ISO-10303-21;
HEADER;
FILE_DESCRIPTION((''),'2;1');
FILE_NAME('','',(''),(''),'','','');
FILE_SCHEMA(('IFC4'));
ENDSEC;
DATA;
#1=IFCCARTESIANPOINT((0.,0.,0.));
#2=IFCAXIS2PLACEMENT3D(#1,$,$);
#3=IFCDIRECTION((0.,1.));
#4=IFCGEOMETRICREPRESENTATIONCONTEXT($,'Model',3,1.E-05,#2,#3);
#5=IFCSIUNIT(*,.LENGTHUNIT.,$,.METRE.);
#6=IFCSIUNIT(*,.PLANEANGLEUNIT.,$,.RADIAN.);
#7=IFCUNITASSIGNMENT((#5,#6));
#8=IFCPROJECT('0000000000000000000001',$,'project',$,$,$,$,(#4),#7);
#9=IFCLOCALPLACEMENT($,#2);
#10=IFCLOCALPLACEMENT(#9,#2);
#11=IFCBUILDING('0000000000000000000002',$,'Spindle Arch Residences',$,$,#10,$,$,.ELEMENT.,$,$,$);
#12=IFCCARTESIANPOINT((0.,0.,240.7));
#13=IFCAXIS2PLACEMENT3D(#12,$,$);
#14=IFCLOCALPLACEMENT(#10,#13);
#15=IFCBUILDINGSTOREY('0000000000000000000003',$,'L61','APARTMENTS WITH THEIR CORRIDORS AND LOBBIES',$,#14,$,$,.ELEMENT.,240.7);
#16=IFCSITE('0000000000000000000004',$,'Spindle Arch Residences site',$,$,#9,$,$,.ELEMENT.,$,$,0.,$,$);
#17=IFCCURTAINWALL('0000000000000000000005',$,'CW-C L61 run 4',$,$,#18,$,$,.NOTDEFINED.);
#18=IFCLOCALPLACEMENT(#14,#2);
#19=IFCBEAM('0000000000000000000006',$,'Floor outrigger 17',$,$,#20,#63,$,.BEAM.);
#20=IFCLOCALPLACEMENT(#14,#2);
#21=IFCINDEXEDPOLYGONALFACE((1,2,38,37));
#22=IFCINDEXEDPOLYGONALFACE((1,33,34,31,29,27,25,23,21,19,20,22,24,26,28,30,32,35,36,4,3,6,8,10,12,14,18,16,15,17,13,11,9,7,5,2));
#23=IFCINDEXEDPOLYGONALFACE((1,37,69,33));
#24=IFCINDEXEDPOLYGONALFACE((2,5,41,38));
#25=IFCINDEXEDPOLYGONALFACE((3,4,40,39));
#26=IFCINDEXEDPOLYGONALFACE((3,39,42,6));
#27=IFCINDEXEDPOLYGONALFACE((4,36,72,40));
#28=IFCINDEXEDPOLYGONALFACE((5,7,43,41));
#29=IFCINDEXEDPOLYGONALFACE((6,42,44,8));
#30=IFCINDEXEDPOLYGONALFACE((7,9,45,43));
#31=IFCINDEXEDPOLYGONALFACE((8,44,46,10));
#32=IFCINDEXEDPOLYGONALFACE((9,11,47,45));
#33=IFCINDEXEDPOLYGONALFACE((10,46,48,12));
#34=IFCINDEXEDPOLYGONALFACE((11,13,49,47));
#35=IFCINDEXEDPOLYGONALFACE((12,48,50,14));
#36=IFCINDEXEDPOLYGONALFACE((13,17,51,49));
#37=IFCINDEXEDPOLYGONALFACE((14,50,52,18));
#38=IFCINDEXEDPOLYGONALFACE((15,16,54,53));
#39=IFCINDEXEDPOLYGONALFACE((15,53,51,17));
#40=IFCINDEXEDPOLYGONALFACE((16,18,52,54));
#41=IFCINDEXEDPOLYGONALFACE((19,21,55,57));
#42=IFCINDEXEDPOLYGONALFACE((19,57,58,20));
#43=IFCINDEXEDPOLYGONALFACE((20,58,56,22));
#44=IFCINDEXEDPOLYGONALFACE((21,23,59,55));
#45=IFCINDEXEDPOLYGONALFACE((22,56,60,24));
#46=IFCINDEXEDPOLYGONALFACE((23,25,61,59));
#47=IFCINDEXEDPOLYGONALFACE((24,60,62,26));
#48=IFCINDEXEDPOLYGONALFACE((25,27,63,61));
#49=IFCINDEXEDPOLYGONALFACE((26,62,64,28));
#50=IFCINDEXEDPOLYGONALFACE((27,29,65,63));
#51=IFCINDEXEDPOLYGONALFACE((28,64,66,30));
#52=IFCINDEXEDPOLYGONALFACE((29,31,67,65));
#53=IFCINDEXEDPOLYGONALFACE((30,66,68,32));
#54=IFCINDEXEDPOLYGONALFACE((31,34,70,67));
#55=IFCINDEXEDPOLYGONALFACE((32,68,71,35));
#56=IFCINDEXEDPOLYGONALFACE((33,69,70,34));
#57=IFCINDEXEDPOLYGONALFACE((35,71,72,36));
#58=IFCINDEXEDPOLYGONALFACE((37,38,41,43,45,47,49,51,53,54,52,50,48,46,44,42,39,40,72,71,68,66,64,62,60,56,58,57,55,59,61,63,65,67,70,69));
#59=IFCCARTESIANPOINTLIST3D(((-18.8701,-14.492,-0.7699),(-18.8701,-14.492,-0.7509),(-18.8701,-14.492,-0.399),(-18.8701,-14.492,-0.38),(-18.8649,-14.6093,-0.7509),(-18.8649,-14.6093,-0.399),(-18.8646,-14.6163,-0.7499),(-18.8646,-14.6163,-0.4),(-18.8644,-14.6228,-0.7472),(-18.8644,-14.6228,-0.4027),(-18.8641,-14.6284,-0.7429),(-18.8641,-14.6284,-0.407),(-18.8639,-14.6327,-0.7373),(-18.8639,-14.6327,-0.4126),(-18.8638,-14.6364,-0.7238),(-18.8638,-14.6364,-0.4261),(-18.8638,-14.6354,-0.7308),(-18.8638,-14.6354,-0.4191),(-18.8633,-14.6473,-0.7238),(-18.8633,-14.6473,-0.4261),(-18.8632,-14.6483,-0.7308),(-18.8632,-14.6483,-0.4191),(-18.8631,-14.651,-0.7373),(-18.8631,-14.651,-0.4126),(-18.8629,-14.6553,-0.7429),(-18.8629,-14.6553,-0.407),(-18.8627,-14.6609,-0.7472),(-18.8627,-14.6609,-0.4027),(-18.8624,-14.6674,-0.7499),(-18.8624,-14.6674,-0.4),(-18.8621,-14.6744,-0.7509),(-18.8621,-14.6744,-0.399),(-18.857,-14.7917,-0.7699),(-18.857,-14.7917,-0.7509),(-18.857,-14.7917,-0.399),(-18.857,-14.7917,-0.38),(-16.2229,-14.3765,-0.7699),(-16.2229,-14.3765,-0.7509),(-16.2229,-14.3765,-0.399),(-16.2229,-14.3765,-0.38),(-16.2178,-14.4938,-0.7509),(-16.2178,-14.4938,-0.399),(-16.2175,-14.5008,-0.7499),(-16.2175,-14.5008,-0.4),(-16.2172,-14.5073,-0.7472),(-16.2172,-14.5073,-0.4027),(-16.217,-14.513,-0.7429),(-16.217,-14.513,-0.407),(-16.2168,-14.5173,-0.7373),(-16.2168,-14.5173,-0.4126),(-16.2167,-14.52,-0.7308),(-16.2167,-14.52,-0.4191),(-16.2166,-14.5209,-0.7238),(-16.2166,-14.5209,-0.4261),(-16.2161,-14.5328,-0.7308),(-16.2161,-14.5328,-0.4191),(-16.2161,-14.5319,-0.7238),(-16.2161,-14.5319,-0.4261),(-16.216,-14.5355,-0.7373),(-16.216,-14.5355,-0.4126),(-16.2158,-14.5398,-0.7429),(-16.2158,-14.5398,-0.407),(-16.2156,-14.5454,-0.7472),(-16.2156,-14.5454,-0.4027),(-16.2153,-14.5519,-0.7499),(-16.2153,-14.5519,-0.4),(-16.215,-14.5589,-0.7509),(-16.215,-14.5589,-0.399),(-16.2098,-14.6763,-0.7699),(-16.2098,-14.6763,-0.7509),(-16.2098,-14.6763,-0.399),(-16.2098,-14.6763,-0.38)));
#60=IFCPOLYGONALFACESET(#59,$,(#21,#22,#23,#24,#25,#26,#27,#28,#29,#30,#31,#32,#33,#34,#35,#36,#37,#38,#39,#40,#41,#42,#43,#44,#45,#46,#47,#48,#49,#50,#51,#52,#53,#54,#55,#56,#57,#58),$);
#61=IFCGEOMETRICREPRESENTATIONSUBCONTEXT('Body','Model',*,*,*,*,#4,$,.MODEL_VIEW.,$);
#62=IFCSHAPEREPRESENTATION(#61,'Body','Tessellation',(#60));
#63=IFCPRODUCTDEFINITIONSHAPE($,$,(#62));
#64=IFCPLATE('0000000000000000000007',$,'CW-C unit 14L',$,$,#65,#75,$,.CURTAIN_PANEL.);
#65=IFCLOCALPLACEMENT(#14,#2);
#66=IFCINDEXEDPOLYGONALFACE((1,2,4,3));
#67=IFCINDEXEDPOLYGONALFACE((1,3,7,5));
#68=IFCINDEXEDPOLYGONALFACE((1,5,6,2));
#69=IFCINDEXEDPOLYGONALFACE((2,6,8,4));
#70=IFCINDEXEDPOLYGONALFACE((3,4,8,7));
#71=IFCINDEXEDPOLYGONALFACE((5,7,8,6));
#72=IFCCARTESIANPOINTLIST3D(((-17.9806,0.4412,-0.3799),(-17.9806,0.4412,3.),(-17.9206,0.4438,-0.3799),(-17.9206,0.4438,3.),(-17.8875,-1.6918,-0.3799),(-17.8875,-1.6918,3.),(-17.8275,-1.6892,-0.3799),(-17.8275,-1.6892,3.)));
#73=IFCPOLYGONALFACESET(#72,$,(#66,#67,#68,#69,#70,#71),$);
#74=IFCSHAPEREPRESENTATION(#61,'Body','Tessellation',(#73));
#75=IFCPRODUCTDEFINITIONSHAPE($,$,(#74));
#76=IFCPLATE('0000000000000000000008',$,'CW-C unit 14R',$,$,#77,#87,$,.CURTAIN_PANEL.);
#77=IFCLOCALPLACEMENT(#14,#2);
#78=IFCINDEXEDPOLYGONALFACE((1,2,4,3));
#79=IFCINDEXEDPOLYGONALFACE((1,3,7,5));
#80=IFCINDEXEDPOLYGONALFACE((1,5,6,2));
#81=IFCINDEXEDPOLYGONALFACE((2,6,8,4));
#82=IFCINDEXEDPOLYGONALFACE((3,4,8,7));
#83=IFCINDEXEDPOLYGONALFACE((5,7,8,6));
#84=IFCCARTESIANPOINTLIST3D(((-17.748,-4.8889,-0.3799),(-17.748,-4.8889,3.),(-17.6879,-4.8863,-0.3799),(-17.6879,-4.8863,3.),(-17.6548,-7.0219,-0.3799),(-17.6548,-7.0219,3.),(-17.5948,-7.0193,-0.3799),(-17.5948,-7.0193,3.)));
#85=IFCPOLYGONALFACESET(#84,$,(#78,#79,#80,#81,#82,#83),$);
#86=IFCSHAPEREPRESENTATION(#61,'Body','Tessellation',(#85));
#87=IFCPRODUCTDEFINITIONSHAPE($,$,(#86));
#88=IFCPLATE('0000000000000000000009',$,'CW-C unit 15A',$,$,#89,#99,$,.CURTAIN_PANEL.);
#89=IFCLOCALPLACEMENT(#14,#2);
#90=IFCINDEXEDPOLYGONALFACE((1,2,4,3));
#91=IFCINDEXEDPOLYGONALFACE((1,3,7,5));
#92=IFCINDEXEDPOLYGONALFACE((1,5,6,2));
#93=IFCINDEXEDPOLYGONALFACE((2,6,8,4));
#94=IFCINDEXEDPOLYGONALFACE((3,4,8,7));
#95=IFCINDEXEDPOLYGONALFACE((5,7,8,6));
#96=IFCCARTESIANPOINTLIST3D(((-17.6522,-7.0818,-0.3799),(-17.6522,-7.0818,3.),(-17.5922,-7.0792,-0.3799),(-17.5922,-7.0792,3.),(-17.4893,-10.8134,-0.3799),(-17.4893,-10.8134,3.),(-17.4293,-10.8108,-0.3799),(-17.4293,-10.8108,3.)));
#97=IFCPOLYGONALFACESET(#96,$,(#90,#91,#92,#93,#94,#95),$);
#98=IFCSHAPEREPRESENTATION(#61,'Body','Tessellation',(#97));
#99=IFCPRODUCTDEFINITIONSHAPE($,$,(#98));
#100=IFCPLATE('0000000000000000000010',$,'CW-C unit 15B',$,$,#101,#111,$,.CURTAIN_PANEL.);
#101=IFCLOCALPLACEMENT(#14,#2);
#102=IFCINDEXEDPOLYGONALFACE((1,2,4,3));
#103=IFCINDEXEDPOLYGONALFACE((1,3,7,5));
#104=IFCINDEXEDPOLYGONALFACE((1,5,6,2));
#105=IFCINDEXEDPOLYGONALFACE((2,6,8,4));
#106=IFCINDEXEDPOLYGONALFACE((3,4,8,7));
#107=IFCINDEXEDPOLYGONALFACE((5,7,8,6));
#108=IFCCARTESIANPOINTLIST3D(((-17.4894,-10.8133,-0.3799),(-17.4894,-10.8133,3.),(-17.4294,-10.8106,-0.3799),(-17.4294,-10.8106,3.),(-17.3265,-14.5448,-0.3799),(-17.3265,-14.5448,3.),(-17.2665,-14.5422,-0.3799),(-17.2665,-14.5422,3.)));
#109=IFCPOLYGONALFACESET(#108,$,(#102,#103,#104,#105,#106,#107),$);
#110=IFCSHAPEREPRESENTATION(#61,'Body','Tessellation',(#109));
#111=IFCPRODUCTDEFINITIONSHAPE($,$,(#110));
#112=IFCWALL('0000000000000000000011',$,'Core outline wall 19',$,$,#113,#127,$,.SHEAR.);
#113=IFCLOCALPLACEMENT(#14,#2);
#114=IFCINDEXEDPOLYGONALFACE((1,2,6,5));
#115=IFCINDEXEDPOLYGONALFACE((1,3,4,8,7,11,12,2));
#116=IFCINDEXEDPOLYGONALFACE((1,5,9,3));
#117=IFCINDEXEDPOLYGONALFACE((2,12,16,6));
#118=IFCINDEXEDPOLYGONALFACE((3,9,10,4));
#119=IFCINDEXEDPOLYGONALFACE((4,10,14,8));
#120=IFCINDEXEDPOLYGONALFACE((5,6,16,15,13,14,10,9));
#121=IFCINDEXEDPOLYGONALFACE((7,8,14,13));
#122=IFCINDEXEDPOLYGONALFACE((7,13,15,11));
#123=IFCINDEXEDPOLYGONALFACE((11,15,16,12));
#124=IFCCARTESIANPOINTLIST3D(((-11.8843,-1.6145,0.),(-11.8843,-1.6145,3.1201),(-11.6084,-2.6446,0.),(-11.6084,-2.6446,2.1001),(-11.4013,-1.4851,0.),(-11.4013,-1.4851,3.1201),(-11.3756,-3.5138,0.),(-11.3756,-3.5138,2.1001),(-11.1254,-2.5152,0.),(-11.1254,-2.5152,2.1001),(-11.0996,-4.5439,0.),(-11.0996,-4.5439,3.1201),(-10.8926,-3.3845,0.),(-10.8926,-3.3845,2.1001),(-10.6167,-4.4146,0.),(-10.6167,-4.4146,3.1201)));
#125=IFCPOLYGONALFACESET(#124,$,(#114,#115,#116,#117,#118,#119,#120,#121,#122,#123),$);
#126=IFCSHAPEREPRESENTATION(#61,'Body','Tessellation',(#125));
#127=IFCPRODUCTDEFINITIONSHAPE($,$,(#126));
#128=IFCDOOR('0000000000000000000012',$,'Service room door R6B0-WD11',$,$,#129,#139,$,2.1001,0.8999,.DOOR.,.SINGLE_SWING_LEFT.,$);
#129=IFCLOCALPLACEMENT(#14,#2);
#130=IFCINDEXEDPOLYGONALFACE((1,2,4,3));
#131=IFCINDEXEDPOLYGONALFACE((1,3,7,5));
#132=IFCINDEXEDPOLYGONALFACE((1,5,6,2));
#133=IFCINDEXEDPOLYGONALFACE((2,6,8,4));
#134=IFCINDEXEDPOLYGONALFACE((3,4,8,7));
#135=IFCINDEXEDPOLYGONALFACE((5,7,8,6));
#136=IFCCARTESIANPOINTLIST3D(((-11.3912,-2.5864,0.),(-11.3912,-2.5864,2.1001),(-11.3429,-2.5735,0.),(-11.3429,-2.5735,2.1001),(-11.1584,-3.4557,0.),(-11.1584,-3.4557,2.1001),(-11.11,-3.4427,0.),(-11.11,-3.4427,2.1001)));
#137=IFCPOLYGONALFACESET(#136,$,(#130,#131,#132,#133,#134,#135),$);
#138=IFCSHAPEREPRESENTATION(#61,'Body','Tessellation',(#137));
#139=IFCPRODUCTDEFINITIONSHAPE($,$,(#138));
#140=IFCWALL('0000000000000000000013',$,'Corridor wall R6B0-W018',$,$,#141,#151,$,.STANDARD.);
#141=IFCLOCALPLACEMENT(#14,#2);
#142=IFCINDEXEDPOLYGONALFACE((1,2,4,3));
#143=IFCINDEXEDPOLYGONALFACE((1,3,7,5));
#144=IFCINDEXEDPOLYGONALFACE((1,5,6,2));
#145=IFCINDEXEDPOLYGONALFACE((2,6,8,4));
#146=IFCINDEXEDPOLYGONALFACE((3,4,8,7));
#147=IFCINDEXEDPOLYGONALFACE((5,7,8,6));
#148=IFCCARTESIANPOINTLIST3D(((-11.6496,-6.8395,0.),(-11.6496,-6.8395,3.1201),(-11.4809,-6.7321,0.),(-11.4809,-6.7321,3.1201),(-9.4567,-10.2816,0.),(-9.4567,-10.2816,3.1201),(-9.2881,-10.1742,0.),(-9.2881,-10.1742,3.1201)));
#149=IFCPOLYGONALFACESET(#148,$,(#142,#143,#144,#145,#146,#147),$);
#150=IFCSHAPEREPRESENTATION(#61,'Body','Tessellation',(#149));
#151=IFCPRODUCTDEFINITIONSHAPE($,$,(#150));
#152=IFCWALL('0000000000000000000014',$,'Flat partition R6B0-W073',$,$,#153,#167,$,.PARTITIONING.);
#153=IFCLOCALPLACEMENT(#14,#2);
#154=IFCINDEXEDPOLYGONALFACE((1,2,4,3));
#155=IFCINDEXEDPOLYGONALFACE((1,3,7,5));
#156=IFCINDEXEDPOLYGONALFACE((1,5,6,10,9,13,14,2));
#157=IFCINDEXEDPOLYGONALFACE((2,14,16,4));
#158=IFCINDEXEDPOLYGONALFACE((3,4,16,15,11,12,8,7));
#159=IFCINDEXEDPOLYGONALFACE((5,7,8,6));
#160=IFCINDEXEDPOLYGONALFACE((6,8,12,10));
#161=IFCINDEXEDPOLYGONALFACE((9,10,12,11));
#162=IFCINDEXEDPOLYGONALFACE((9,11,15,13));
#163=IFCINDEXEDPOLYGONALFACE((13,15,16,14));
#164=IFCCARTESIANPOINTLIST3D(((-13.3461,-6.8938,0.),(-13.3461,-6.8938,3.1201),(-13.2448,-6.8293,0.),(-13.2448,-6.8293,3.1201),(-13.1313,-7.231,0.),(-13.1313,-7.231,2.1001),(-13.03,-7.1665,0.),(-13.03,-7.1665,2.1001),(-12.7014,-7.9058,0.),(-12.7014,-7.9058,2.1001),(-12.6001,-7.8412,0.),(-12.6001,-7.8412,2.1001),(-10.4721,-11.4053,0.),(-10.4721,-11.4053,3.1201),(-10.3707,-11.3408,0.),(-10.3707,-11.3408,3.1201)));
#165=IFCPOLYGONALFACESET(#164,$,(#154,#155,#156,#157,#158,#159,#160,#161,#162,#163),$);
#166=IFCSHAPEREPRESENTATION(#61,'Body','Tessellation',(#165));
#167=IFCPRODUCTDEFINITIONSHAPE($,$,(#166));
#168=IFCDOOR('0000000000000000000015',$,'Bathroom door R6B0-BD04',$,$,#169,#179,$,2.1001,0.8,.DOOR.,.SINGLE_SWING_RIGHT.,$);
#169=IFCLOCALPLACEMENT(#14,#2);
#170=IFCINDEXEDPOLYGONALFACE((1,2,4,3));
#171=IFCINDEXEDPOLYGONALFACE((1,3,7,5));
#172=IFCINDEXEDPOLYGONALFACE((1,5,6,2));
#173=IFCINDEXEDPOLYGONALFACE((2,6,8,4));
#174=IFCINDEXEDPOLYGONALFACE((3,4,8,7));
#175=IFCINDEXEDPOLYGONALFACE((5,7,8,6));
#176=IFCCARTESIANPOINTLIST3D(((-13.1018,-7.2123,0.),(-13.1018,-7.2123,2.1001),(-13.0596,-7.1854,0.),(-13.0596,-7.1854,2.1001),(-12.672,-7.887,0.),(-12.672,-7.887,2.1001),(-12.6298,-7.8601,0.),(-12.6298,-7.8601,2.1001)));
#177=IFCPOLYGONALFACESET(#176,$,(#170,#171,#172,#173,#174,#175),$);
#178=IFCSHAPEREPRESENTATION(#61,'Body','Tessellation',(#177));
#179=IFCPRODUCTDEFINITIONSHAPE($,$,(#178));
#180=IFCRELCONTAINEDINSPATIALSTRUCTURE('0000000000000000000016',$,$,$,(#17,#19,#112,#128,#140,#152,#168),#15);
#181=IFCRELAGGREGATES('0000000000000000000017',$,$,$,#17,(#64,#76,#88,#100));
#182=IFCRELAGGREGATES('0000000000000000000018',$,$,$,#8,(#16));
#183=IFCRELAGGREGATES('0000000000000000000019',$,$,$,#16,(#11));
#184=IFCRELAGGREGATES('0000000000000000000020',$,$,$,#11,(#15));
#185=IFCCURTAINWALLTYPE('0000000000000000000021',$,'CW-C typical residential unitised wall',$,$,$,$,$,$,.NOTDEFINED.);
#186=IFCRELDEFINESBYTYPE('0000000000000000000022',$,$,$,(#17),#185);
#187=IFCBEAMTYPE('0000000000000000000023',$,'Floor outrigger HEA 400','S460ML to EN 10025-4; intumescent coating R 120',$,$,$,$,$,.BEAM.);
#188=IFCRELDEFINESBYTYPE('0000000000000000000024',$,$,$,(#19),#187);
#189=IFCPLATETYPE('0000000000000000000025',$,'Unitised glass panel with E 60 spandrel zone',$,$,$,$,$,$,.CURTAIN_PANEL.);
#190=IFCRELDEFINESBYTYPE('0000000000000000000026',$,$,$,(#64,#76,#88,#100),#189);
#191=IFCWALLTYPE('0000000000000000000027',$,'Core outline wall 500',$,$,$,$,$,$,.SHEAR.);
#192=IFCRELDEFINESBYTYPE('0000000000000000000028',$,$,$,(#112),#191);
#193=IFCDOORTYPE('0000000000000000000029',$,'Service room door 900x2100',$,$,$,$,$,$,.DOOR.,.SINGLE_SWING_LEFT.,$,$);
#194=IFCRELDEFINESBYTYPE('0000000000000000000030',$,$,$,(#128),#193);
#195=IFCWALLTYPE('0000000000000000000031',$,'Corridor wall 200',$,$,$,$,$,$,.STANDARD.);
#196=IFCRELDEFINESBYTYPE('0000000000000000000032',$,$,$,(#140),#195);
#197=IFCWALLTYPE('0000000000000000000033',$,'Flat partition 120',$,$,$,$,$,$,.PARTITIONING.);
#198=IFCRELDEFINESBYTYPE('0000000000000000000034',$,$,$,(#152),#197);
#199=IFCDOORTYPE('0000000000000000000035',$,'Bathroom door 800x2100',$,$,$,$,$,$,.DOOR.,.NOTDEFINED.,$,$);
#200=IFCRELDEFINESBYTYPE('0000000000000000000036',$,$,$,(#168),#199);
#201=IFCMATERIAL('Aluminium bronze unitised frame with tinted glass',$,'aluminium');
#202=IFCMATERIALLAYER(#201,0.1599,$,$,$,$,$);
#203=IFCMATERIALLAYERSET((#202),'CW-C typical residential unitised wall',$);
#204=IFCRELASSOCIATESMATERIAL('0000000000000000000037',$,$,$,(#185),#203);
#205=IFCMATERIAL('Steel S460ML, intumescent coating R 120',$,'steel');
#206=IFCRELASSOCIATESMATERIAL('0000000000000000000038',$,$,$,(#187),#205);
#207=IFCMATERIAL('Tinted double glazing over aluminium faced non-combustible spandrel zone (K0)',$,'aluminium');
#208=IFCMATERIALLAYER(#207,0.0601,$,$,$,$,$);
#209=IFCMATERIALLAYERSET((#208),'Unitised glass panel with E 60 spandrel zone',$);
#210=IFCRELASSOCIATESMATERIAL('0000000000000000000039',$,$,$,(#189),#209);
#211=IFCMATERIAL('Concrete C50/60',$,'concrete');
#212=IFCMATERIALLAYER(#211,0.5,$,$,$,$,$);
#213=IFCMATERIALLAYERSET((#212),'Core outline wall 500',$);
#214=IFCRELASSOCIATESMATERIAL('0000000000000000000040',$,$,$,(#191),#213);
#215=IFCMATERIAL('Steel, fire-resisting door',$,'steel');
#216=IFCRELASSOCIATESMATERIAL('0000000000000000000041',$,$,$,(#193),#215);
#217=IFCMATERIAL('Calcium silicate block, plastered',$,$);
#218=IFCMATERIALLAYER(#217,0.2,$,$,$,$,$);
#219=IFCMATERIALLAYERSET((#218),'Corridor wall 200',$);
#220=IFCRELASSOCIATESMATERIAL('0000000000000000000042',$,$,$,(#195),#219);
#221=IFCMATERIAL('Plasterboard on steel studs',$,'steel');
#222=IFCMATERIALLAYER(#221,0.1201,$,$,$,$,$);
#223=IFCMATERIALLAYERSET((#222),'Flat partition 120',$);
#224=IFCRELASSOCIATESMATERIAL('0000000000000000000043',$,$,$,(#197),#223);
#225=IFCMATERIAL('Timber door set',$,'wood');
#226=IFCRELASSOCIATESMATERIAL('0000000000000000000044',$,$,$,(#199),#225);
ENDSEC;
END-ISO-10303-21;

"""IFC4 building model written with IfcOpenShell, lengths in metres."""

from ifc_helpers import new_model, si_unit, direction, frame, frame_2d, origin, origin_2d, place, context, subcontext, project, spatial, rectangle, i_section, extrude, material, layer, layer_set, material_profile, profile_set, type_object, element, fill, aggregate, save


model = new_model("IFC4")

# Units and contexts
model_context = context("Model", 3, precision=1e-05, world=origin(), true_north=direction((0.0, 1.0)))
body_context = subcontext(model_context, "Body", "Model", "MODEL_VIEW")
ifc_project = project(units=[si_unit("LENGTHUNIT", "METRE"), si_unit("PLANEANGLEUNIT", "RADIAN")], contexts=[model_context])

# Site, building, storey
site_placement = place(None, origin())
site = spatial("IfcSite", under=ifc_project, at=site_placement, Name="Spindle Arch Residences site", CompositionType="ELEMENT", RefElevation=0.0)
building_placement = place(site_placement, origin())
building = spatial("IfcBuilding", under=site, at=building_placement, Name="Spindle Arch Residences", CompositionType="ELEMENT")
storey_placement = place(building_placement, frame((0.0, 0.0, 240.7)))
storey = spatial("IfcBuildingStorey", under=building, at=storey_placement, Name="L61", Description="APARTMENTS WITH THEIR CORRIDORS AND LOBBIES", CompositionType="ELEMENT", Elevation=240.7)

# Curtain wall
ifc_material_1 = material(Name="Aluminium bronze unitised frame with tinted glass", Category="aluminium")
ifc_layer_1 = layer(ifc_material_1, 0.1599)
ifc_layer_set_1 = layer_set([ifc_layer_1], Name="CW-C typical residential unitised wall")
curtain_wall_type_1 = type_object("IfcCurtainWallType", Name="CW-C typical residential unitised wall", PredefinedType="NOTDEFINED", material=ifc_layer_set_1)
curtain_wall_1_placement = place(storey_placement, origin())
curtain_wall_1 = element("IfcCurtainWall", 1, at=curtain_wall_1_placement, inside=storey, type_object=curtain_wall_type_1, Name="CW-C L61 run 4", PredefinedType="NOTDEFINED")

# Beam
ifc_material_2 = material(Name="Steel S460ML, intumescent coating R 120", Category="steel")
ifc_material_profile_1 = material_profile(ifc_material_2, i_section(OverallWidth=0.3, OverallDepth=0.3899, WebThickness=0.011, FlangeThickness=0.019, FilletRadius=0.0271, at=origin_2d()), Name="HEA 400")
ifc_profile_set_1 = profile_set([ifc_material_profile_1], Name="Steel S460ML, intumescent coating R 120")
beam_type_1 = type_object("IfcBeamType", Name="Floor outrigger HEA 400", Description="S460ML to EN 10025-4; intumescent coating R 120", PredefinedType="BEAM", material=ifc_profile_set_1)
beam_1_placement = place(storey_placement, frame((-18.8635, -14.6418, -0.575), z_axis=(0.99905, 0.043581, 0.0), x_axis=(-0.043581, 0.99905, 0.0)))
element("IfcBeam", 2, at=beam_1_placement, inside=storey, type_object=beam_type_1, Name="Floor outrigger 17", PredefinedType="BEAM", context=body_context, shape_type="SweptSolid", body=[
    extrude(i_section(OverallWidth=0.3, OverallDepth=0.3899, WebThickness=0.011, FlangeThickness=0.019, FilletRadius=0.0271, at=origin_2d()), origin(), (0.0, 0.0, 1.0), 2.6497),
])

# Plates
ifc_material_3 = material(Name="Tinted double glazing over aluminium faced non-combustible spandrel zone (K0)", Category="aluminium")
ifc_layer_2 = layer(ifc_material_3, 0.0601)
ifc_layer_set_2 = layer_set([ifc_layer_2], Name="Unitised glass panel with E 60 spandrel zone")
plate_type = type_object("IfcPlateType", Name="Unitised glass panel with E 60 spandrel zone", PredefinedType="CURTAIN_PANEL", material=ifc_layer_set_2)
plate_1_placement = place(storey_placement, frame((-17.9041, -0.624, -0.3799), z_axis=(0.0, 0.0, 1.0), x_axis=(0.043619, -0.999048, 0.0)))
plate_1 = element("IfcPlate", 3, at=plate_1_placement, type_object=plate_type, Name="CW-C unit 14L", PredefinedType="CURTAIN_PANEL", context=body_context, shape_type="SweptSolid", body=[
    extrude(rectangle(XDim=2.135, YDim=0.0601, at=origin_2d()), origin(), (0.0, 0.0, 1.0), 3.3799),
])
plate_2_placement = place(storey_placement, frame((-17.6714, -5.9541, -0.3799), z_axis=(0.0, 0.0, 1.0), x_axis=(0.043619, -0.999048, 0.0)))
plate_2 = element("IfcPlate", 4, at=plate_2_placement, type_object=plate_type, Name="CW-C unit 14R", PredefinedType="CURTAIN_PANEL", context=body_context, shape_type="SweptSolid", body=[
    extrude(rectangle(XDim=2.135, YDim=0.0601, at=origin_2d()), origin(), (0.0, 0.0, 1.0), 3.3799),
])
plate_3_placement = place(storey_placement, frame((-17.5408, -8.9463, -0.3799), z_axis=(0.0, 0.0, 1.0), x_axis=(0.043619, -0.999048, 0.0)))
plate_3 = element("IfcPlate", 5, at=plate_3_placement, type_object=plate_type, Name="CW-C unit 15A", PredefinedType="CURTAIN_PANEL", context=body_context, shape_type="SweptSolid", body=[
    extrude(rectangle(XDim=3.7351, YDim=0.0601, at=origin_2d()), origin(), (0.0, 0.0, 1.0), 3.3799),
])
plate_4_placement = place(storey_placement, frame((-17.3779, -12.6777, -0.3799), z_axis=(0.0, 0.0, 1.0), x_axis=(0.043619, -0.999048, 0.0)))
plate_4 = element("IfcPlate", 6, at=plate_4_placement, type_object=plate_type, Name="CW-C unit 15B", PredefinedType="CURTAIN_PANEL", context=body_context, shape_type="SweptSolid", body=[
    extrude(rectangle(XDim=3.7351, YDim=0.0601, at=origin_2d()), origin(), (0.0, 0.0, 1.0), 3.3799),
])
aggregate(curtain_wall_1, [plate_1, plate_2, plate_3, plate_4])

# Wall, opening, door
ifc_material_4 = material(Name="Concrete C50/60", Category="concrete")
ifc_layer_3 = layer(ifc_material_4, 0.5)
ifc_layer_set_3 = layer_set([ifc_layer_3], Name="Core outline wall 500")
wall_type_1 = type_object("IfcWallType", Name="Core outline wall 500", PredefinedType="SHEAR", material=ifc_layer_set_3)
wall_1_placement = place(storey_placement, frame((-11.6428, -1.5498, 0.0), z_axis=(0.0, 0.0, 1.0), x_axis=(0.258735, -0.965948, 0.0)))
wall_1 = element("IfcWall", 7, at=wall_1_placement, inside=storey, type_object=wall_type_1, Name="Core outline wall 19", PredefinedType="SHEAR", context=body_context, shape_type="SweptSolid", body=[
    extrude(rectangle(XDim=3.0327, YDim=0.5, at=frame_2d((1.5164, 0.0))), origin(), (0.0, 0.0, 1.0), 3.1201),
])
opening_1_placement = place(wall_1_placement, frame((1.0664, 0.0, 0.0)))
opening_1 = element("IfcOpeningElement", 8, at=opening_1_placement, cuts=wall_1, PredefinedType="OPENING", context=body_context, shape_type="SweptSolid", body=[
    extrude(rectangle(XDim=0.8999, YDim=2.1001, at=frame_2d((0.45, 1.05))), frame((0.0, 0.26, 0.0), z_axis=(0.0, -1.0, 0.0), x_axis=(1.0, 0.0, 0.0)), (0.0, 0.0, 1.0), 0.52),
])
ifc_material_5 = material(Name="Steel, fire-resisting door", Category="steel")
door_type_1 = type_object("IfcDoorType", Name="Service room door 900x2100", OperationType="SINGLE_SWING_LEFT", PredefinedType="DOOR", material=ifc_material_5)
door_1_placement = place(opening_1_placement, origin())
door_1 = element("IfcDoor", 9, at=door_1_placement, inside=storey, type_object=door_type_1, Name="Service room door R6B0-WD11", OperationType="SINGLE_SWING_LEFT", OverallHeight=2.1001, OverallWidth=0.8999, PredefinedType="DOOR", context=body_context, shape_type="SweptSolid", body=[
    extrude(rectangle(XDim=0.8999, YDim=2.1001, at=frame_2d((0.45, 1.05))), frame((0.0, 0.0249, 0.0), z_axis=(0.0, -1.0, 0.0), x_axis=(1.0, 0.0, 0.0)), (0.0, 0.0, 1.0), 0.05),
])
fill(opening_1, door_1)

# Wall
ifc_material_6 = material(Name="Calcium silicate block, plastered")
ifc_layer_4 = layer(ifc_material_6, 0.2)
ifc_layer_set_4 = layer_set([ifc_layer_4], Name="Corridor wall 200")
wall_type_2 = type_object("IfcWallType", Name="Corridor wall 200", PredefinedType="STANDARD", material=ifc_layer_set_4)
wall_2_placement = place(storey_placement, frame((-11.5652, -6.7859, 0.0), z_axis=(0.0, 0.0, 1.0), x_axis=(0.537297, -0.843393, 0.0)))
element("IfcWall", 10, at=wall_2_placement, inside=storey, type_object=wall_type_2, Name="Corridor wall R6B0-W018", PredefinedType="STANDARD", context=body_context, shape_type="SweptSolid", body=[
    extrude(rectangle(XDim=4.0813, YDim=0.2, at=frame_2d((2.0405, 0.0))), origin(), (0.0, 0.0, 1.0), 3.1201),
])

# Wall, opening, door
ifc_material_7 = material(Name="Plasterboard on steel studs", Category="steel")
ifc_layer_5 = layer(ifc_material_7, 0.1201)
ifc_layer_set_5 = layer_set([ifc_layer_5], Name="Flat partition 120")
wall_type_3 = type_object("IfcWallType", Name="Flat partition 120", PredefinedType="PARTITIONING", material=ifc_layer_set_5)
wall_3_placement = place(storey_placement, frame((-13.2954, -6.8616, 0.0), z_axis=(0.0, 0.0, 1.0), x_axis=(0.537286, -0.8434, 0.0)))
wall_3 = element("IfcWall", 11, at=wall_3_placement, inside=storey, type_object=wall_type_3, Name="Flat partition R6B0-W073", PredefinedType="PARTITIONING", context=body_context, shape_type="SweptSolid", body=[
    extrude(rectangle(XDim=5.3491, YDim=0.1201, at=frame_2d((2.6746, 0.0))), origin(), (0.0, 0.0, 1.0), 3.1201),
])
opening_2_placement = place(wall_3_placement, frame((0.3999, 0.0, 0.0)))
opening_2 = element("IfcOpeningElement", 12, at=opening_2_placement, cuts=wall_3, PredefinedType="OPENING", context=body_context, shape_type="SweptSolid", body=[
    extrude(rectangle(XDim=0.8, YDim=2.1001, at=frame_2d((0.3999, 1.05))), frame((0.0, 0.0701, 0.0), z_axis=(0.0, -1.0, 0.0), x_axis=(1.0, 0.0, 0.0)), (0.0, 0.0, 1.0), 0.1401),
])
ifc_material_8 = material(Name="Timber door set", Category="wood")
door_type_2 = type_object("IfcDoorType", Name="Bathroom door 800x2100", OperationType="NOTDEFINED", PredefinedType="DOOR", material=ifc_material_8)
door_2_placement = place(opening_2_placement, origin())
door_2 = element("IfcDoor", 13, at=door_2_placement, inside=storey, type_object=door_type_2, Name="Bathroom door R6B0-BD04", OperationType="SINGLE_SWING_RIGHT", OverallHeight=2.1001, OverallWidth=0.8, PredefinedType="DOOR", context=body_context, shape_type="SweptSolid", body=[
    extrude(rectangle(XDim=0.8, YDim=2.1001, at=frame_2d((0.3999, 1.05))), frame((0.0, 0.0249, 0.0), z_axis=(0.0, -1.0, 0.0), x_axis=(1.0, 0.0, 0.0)), (0.0, 0.0, 1.0), 0.05),
])
fill(opening_2, door_2)

save(model, "model.ifc")
